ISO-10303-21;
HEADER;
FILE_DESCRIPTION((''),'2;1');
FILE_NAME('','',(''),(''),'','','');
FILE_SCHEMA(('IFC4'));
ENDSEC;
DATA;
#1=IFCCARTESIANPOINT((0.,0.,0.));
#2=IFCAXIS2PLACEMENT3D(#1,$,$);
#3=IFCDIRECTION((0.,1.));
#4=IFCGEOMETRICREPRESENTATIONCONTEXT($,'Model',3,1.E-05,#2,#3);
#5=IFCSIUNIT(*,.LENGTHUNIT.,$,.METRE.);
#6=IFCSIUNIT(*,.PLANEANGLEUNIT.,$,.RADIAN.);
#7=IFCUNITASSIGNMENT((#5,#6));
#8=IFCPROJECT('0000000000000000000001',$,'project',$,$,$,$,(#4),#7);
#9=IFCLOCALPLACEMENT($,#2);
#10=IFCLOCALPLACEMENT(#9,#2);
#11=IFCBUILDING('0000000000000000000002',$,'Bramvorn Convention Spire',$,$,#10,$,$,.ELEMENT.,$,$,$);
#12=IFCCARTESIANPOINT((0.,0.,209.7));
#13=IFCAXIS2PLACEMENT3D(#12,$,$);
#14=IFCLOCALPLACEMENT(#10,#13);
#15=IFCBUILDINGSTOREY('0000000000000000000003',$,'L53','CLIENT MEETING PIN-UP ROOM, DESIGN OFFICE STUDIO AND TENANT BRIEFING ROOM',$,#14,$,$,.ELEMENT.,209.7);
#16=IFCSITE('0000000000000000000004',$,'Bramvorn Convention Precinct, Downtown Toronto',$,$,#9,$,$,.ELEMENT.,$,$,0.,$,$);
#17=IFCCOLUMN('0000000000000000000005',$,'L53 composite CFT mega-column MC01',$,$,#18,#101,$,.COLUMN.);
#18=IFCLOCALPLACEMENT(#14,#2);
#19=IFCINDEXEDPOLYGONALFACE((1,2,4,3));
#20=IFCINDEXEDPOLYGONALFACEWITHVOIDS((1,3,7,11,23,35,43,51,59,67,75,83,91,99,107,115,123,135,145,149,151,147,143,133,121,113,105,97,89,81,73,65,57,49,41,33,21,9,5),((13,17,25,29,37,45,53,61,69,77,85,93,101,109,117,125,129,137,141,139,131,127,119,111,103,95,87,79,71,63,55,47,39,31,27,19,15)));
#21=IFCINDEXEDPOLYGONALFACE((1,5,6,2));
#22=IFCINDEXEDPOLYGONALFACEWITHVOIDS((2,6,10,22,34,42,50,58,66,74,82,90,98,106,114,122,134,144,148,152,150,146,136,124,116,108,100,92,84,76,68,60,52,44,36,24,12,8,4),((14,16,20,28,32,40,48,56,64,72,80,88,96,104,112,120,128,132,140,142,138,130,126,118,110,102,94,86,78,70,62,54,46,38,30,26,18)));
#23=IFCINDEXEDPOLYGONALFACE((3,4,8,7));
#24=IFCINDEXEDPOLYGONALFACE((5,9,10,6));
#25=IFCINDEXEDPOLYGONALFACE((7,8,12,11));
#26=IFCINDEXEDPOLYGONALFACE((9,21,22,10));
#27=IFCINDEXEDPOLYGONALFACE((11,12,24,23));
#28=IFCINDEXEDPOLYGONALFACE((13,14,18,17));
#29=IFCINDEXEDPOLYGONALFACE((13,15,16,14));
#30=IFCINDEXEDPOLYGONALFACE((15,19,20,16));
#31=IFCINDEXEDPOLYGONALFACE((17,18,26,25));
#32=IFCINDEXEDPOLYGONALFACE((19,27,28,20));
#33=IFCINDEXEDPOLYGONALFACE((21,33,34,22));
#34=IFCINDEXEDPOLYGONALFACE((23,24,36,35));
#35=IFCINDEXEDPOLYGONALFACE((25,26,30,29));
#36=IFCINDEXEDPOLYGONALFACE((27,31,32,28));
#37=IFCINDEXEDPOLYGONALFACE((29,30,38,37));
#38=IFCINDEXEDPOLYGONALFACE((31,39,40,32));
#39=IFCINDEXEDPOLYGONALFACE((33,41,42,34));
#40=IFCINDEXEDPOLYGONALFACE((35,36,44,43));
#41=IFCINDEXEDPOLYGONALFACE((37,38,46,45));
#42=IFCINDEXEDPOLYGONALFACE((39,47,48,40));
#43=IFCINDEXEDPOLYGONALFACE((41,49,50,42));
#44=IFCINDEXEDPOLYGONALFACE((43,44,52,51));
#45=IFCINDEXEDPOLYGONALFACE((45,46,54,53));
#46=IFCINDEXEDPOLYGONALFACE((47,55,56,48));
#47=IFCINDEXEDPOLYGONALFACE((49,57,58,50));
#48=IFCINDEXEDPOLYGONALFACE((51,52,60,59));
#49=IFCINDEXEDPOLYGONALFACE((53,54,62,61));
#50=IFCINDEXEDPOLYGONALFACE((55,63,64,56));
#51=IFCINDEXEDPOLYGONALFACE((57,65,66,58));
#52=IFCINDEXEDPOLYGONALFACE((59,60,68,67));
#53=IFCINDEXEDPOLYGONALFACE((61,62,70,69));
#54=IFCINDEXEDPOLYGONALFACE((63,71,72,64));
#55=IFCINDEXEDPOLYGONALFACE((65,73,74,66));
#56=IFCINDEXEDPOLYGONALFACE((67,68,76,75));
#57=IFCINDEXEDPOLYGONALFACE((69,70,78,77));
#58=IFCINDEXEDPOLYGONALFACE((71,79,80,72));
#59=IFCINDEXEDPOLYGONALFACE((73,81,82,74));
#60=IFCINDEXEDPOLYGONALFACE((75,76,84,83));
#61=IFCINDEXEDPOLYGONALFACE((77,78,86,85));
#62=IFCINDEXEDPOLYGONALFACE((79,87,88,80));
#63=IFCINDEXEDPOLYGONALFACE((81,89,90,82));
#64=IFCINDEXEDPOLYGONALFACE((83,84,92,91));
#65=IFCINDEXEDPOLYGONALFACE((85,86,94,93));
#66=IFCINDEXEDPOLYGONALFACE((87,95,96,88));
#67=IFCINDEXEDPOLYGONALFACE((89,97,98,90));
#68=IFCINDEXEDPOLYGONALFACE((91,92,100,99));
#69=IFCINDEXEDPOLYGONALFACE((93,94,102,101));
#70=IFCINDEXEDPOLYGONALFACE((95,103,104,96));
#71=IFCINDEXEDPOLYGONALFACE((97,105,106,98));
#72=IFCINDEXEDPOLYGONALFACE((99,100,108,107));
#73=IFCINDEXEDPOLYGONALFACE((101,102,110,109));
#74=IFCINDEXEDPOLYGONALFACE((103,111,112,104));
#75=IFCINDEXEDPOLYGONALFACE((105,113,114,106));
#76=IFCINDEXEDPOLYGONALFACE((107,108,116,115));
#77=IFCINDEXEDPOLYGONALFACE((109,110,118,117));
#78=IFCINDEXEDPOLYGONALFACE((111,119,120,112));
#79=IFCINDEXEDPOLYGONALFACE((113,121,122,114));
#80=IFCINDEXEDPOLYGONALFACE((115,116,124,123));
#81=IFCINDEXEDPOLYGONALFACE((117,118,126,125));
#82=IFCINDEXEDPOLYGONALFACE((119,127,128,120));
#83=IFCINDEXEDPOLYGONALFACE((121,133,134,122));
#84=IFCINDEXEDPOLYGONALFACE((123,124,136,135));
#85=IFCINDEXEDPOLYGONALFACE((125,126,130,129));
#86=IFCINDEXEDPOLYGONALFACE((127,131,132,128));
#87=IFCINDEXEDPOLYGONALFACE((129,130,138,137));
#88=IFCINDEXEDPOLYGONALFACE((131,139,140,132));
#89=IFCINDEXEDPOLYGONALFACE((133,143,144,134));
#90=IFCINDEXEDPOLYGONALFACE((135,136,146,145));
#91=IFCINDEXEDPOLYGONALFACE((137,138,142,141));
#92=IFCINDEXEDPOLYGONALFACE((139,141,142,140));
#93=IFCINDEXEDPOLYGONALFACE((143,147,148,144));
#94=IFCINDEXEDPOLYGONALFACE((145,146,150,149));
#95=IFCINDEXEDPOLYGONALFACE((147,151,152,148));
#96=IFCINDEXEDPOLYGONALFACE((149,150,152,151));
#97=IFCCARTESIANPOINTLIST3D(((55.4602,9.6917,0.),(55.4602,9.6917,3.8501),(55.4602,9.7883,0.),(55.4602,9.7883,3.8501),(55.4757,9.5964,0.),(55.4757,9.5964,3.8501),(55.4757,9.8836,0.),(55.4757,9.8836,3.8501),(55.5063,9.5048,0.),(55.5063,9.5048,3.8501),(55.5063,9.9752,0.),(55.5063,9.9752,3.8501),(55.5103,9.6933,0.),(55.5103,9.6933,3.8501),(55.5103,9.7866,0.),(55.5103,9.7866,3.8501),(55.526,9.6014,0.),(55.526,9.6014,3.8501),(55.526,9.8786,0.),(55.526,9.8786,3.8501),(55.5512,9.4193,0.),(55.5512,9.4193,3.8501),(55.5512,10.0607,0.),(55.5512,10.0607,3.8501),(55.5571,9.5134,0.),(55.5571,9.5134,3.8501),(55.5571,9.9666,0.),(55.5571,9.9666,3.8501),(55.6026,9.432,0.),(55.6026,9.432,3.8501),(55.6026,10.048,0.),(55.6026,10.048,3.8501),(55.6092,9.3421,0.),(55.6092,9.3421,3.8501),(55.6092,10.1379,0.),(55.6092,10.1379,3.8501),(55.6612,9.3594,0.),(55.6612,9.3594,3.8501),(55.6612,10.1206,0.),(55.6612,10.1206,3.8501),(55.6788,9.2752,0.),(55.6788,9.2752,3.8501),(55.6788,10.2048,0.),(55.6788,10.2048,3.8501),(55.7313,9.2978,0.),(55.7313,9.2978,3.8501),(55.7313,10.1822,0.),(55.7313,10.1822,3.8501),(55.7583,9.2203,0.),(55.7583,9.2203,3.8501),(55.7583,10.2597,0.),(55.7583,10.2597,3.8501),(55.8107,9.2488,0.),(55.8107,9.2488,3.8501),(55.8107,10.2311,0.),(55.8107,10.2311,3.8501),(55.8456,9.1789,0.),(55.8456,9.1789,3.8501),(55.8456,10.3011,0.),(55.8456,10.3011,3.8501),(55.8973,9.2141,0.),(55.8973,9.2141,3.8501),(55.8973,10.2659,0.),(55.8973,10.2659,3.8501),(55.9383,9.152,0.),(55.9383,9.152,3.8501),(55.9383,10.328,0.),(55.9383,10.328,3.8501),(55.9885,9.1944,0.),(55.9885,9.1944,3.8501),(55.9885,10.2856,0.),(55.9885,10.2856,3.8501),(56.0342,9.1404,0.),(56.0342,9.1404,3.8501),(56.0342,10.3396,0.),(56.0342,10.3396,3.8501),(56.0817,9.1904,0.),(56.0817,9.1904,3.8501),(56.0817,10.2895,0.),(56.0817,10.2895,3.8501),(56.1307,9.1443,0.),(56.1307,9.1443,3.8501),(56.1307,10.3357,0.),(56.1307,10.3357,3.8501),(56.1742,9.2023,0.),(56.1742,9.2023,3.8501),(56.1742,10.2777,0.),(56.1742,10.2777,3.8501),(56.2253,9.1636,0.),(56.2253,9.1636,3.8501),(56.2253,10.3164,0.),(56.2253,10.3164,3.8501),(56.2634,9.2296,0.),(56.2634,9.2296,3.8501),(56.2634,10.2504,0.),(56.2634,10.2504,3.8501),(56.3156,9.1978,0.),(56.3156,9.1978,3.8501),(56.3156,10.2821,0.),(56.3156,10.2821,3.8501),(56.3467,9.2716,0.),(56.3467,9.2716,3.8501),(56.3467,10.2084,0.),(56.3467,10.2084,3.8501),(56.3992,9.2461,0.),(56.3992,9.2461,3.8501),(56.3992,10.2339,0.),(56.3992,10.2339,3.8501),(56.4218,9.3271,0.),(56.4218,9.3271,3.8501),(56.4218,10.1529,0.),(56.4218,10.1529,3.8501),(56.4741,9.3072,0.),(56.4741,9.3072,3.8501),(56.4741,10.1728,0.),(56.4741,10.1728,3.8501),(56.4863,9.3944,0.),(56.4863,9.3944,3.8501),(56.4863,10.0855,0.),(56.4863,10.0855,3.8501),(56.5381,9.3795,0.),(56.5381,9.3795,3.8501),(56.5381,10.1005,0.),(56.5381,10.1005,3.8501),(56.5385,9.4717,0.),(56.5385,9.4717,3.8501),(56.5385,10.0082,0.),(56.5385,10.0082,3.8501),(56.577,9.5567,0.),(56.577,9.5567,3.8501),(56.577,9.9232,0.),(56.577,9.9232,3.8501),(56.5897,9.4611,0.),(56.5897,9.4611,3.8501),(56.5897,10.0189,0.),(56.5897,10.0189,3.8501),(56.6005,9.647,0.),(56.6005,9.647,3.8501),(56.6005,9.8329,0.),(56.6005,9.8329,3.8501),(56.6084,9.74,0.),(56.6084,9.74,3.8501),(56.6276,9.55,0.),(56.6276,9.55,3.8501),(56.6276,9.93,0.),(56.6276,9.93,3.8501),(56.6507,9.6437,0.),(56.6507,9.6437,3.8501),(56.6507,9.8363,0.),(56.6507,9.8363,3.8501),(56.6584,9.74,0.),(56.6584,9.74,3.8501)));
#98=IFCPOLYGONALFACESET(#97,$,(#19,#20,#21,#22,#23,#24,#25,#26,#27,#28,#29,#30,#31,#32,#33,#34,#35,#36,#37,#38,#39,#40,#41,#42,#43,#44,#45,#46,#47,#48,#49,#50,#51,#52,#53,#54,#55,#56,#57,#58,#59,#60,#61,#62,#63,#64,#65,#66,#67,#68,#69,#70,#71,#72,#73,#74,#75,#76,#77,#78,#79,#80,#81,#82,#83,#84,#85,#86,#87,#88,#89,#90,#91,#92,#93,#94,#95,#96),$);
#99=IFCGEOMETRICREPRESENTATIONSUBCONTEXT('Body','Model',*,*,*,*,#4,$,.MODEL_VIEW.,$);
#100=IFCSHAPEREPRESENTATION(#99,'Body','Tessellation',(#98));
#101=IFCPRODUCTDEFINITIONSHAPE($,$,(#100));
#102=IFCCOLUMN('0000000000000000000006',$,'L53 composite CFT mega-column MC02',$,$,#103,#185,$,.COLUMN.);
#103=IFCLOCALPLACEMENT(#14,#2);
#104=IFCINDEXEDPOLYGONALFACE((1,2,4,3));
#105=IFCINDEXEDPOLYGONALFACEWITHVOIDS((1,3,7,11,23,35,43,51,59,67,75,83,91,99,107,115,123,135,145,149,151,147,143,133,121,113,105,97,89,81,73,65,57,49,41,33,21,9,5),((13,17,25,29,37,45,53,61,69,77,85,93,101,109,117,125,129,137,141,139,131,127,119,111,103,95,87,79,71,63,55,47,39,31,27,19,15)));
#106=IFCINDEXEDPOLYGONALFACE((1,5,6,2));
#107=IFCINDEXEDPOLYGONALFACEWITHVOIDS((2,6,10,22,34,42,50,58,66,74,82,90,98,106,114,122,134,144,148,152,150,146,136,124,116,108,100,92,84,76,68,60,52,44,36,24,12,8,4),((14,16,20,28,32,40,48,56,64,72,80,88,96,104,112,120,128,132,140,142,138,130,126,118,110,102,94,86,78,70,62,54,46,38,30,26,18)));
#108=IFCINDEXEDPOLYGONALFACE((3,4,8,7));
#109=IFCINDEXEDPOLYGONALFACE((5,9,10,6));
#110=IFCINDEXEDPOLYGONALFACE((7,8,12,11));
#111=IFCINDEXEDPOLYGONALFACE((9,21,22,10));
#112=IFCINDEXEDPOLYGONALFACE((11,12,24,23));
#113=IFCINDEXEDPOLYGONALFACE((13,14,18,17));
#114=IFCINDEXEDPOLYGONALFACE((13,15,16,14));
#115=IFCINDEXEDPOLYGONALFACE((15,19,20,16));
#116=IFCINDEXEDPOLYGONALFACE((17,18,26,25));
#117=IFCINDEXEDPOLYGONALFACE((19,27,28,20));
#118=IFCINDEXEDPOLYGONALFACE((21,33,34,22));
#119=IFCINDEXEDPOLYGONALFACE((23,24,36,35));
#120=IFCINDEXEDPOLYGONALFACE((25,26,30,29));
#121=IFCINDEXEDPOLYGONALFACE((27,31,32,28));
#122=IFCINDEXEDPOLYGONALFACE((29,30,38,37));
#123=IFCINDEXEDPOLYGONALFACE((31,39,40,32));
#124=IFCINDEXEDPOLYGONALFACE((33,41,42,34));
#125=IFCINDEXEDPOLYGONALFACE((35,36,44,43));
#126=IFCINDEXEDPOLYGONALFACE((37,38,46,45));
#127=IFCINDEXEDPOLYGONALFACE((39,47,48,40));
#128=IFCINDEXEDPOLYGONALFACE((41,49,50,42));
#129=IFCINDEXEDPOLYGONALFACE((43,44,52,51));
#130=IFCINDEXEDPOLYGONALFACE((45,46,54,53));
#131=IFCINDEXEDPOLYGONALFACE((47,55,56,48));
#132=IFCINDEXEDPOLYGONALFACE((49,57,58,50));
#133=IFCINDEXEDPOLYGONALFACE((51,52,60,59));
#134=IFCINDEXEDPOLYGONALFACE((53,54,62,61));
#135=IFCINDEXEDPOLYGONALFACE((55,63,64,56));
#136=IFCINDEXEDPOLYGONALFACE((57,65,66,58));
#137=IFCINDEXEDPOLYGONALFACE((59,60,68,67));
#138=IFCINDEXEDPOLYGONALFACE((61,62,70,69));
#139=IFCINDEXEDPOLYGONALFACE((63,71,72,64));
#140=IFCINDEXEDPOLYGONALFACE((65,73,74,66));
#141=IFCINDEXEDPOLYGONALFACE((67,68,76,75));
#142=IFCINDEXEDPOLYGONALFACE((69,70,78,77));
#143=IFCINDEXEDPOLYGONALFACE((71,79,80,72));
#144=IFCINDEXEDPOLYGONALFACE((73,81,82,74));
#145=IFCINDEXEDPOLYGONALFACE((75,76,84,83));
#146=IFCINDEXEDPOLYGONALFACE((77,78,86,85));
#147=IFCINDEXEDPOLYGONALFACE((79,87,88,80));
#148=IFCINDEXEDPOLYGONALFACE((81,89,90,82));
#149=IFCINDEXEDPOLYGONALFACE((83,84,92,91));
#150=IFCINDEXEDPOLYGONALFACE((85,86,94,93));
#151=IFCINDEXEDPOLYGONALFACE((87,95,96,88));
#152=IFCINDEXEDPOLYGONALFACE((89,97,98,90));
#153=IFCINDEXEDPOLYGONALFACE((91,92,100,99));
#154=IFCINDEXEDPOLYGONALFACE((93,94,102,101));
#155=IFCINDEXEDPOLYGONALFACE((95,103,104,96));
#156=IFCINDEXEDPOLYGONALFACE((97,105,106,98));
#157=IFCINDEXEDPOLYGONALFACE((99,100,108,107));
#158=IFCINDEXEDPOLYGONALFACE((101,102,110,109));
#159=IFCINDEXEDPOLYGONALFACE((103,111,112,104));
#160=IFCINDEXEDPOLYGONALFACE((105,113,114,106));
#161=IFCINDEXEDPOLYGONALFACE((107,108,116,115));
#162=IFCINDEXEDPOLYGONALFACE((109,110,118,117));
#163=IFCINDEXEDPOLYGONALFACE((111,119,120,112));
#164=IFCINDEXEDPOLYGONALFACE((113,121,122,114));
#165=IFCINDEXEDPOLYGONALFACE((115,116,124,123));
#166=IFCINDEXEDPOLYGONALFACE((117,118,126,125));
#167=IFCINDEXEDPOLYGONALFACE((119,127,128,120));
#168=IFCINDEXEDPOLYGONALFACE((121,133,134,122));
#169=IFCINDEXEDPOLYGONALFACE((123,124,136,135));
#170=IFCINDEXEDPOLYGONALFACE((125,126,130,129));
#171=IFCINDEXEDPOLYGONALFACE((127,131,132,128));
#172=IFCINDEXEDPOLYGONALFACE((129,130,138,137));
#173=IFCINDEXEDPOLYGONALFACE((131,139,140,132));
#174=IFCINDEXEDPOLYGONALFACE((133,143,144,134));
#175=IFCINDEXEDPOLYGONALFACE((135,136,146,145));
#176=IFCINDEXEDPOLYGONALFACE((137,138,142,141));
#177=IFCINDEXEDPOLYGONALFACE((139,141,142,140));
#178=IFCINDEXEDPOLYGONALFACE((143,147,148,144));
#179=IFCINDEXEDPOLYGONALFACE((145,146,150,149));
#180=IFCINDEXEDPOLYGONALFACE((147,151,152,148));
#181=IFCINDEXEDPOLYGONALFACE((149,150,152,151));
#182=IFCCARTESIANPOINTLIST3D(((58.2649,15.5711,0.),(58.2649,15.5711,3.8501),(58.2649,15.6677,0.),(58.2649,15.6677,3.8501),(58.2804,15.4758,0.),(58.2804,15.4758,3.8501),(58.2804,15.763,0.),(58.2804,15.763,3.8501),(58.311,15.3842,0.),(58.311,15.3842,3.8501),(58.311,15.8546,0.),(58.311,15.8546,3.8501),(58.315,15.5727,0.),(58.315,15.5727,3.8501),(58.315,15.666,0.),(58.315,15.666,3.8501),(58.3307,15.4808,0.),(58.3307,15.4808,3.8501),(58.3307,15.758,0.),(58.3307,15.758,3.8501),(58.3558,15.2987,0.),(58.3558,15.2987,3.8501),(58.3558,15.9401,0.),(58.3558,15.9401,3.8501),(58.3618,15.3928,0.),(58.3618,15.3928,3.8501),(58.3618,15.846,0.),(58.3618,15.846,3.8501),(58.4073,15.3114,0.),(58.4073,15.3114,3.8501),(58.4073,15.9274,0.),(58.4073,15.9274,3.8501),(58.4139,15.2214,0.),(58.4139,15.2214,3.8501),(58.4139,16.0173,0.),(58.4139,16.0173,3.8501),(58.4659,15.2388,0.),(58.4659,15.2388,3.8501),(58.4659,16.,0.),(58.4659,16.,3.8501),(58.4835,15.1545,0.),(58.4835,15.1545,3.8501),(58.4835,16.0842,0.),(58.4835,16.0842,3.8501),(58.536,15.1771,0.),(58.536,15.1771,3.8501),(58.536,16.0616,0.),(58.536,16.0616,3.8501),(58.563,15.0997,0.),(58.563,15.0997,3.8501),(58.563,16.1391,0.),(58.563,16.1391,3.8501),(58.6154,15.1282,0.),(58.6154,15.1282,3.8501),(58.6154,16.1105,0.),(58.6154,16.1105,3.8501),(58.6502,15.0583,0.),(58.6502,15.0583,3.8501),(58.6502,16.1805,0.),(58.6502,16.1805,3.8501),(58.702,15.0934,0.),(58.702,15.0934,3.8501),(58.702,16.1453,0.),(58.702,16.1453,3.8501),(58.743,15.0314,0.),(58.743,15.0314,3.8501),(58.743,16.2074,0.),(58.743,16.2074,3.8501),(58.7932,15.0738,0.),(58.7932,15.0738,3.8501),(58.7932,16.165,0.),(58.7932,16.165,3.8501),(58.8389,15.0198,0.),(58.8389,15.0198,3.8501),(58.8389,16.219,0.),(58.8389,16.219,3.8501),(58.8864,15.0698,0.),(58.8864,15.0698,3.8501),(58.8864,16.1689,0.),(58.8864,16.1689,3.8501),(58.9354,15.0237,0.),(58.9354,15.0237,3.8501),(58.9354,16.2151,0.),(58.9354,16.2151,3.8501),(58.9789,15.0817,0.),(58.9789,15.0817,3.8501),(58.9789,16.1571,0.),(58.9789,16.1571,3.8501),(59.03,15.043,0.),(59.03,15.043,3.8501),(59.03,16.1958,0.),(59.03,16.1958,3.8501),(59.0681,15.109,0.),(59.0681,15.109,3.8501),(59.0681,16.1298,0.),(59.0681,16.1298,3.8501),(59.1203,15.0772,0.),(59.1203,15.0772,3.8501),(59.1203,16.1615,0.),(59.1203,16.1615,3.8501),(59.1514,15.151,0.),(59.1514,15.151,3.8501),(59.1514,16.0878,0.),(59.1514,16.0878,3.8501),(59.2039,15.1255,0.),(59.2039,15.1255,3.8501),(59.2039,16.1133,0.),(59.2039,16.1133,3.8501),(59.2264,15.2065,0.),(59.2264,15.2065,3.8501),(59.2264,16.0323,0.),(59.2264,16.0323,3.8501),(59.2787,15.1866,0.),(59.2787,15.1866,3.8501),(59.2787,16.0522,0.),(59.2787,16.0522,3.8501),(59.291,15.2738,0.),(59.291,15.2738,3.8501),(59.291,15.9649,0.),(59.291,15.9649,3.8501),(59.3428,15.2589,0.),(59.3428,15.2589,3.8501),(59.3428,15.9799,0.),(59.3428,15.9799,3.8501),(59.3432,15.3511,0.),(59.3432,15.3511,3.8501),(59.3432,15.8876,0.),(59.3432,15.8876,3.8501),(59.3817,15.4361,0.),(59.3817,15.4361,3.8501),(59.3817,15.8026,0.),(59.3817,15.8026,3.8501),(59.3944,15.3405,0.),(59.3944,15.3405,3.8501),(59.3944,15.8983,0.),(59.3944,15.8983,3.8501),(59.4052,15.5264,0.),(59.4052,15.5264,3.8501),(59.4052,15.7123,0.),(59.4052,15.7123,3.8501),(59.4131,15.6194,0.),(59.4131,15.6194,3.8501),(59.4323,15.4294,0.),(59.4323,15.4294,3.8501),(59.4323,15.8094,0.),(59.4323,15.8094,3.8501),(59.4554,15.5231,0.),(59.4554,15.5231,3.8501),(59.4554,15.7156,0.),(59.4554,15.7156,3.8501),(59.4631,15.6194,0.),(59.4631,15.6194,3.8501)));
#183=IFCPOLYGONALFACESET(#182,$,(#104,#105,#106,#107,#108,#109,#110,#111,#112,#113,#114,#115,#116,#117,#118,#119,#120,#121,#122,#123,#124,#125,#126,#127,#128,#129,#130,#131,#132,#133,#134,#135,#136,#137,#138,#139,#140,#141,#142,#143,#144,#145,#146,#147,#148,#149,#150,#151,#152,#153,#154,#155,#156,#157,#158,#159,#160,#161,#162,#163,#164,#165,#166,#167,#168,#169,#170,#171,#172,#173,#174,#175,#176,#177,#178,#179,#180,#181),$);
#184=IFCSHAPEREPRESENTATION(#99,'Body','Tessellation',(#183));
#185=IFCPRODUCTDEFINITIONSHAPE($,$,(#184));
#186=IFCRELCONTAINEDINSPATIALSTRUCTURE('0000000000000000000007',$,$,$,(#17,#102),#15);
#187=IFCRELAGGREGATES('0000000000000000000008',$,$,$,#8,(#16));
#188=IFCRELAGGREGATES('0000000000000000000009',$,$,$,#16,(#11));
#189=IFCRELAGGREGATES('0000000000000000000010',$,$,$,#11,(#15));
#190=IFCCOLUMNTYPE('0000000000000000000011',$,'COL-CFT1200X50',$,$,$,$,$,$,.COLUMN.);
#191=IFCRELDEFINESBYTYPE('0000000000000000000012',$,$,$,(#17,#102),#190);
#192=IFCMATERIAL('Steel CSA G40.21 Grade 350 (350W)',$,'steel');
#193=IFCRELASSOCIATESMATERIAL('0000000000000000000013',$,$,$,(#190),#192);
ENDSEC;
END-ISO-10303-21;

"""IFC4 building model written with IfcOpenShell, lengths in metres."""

from ifc_helpers import new_model, si_unit, direction, frame, origin, origin_2d, place, context, subcontext, project, spatial, hollow_circle, extrude, material, material_profile, profile_set, type_object, element, save


model = new_model("IFC4")

# Units and contexts
model_context = context("Model", 3, precision=1e-05, world=origin(), true_north=direction((0.0, 1.0)))
body_context = subcontext(model_context, "Body", "Model", "MODEL_VIEW")
ifc_project = project(units=[si_unit("LENGTHUNIT", "METRE"), si_unit("PLANEANGLEUNIT", "RADIAN")], contexts=[model_context])

# Site, building, storey
site_placement = place(None, origin())
site = spatial("IfcSite", under=ifc_project, at=site_placement, Name="Bramvorn Convention Precinct, Downtown Toronto", CompositionType="ELEMENT", RefElevation=0.0)
building_placement = place(site_placement, origin())
building = spatial("IfcBuilding", under=site, at=building_placement, Name="Bramvorn Convention Spire", CompositionType="ELEMENT")
storey_placement = place(building_placement, frame((0.0, 0.0, 209.7)))
storey = spatial("IfcBuildingStorey", under=building, at=storey_placement, Name="L53", Description="CLIENT MEETING PIN-UP ROOM, DESIGN OFFICE STUDIO AND TENANT BRIEFING ROOM", CompositionType="ELEMENT", Elevation=209.7)

# Columns
ifc_material_1 = material(Name="Steel CSA G40.21 Grade 350 (350W)", Category="steel")
ifc_material_profile_1 = material_profile(ifc_material_1, hollow_circle(Radius=0.6001, WallThickness=0.05, at=origin_2d()))
ifc_profile_set_1 = profile_set([ifc_material_profile_1], Name="Steel CSA G40.21 Grade 350 (350W) - CFT1200X50")
column_type = type_object("IfcColumnType", Name="COL-CFT1200X50", PredefinedType="COLUMN", material=ifc_profile_set_1)
for number, where, z_axis, x_axis, name in (
    (1, (56.0583, 9.74, 0.0), (0.0, 0.0, 1.0), (1.0, 0.0, 0.0), "L53 composite CFT mega-column MC01"),
    (2, (58.863, 15.6194, 0.0), (0.0, 0.0, 1.0), (1.0, 0.0, 0.0), "L53 composite CFT mega-column MC02"),
):
    element("IfcColumn", number, at=place(storey_placement, frame(where, z_axis=z_axis, x_axis=x_axis)), inside=storey, type_object=column_type, Name=name, PredefinedType="COLUMN", context=body_context, shape_type="SweptSolid", body=[
        extrude(hollow_circle(Radius=0.6001, WallThickness=0.05, at=origin_2d()), origin(), (0.0, 0.0, 1.0), 3.8501),
    ])

save(model, "model.ifc")
